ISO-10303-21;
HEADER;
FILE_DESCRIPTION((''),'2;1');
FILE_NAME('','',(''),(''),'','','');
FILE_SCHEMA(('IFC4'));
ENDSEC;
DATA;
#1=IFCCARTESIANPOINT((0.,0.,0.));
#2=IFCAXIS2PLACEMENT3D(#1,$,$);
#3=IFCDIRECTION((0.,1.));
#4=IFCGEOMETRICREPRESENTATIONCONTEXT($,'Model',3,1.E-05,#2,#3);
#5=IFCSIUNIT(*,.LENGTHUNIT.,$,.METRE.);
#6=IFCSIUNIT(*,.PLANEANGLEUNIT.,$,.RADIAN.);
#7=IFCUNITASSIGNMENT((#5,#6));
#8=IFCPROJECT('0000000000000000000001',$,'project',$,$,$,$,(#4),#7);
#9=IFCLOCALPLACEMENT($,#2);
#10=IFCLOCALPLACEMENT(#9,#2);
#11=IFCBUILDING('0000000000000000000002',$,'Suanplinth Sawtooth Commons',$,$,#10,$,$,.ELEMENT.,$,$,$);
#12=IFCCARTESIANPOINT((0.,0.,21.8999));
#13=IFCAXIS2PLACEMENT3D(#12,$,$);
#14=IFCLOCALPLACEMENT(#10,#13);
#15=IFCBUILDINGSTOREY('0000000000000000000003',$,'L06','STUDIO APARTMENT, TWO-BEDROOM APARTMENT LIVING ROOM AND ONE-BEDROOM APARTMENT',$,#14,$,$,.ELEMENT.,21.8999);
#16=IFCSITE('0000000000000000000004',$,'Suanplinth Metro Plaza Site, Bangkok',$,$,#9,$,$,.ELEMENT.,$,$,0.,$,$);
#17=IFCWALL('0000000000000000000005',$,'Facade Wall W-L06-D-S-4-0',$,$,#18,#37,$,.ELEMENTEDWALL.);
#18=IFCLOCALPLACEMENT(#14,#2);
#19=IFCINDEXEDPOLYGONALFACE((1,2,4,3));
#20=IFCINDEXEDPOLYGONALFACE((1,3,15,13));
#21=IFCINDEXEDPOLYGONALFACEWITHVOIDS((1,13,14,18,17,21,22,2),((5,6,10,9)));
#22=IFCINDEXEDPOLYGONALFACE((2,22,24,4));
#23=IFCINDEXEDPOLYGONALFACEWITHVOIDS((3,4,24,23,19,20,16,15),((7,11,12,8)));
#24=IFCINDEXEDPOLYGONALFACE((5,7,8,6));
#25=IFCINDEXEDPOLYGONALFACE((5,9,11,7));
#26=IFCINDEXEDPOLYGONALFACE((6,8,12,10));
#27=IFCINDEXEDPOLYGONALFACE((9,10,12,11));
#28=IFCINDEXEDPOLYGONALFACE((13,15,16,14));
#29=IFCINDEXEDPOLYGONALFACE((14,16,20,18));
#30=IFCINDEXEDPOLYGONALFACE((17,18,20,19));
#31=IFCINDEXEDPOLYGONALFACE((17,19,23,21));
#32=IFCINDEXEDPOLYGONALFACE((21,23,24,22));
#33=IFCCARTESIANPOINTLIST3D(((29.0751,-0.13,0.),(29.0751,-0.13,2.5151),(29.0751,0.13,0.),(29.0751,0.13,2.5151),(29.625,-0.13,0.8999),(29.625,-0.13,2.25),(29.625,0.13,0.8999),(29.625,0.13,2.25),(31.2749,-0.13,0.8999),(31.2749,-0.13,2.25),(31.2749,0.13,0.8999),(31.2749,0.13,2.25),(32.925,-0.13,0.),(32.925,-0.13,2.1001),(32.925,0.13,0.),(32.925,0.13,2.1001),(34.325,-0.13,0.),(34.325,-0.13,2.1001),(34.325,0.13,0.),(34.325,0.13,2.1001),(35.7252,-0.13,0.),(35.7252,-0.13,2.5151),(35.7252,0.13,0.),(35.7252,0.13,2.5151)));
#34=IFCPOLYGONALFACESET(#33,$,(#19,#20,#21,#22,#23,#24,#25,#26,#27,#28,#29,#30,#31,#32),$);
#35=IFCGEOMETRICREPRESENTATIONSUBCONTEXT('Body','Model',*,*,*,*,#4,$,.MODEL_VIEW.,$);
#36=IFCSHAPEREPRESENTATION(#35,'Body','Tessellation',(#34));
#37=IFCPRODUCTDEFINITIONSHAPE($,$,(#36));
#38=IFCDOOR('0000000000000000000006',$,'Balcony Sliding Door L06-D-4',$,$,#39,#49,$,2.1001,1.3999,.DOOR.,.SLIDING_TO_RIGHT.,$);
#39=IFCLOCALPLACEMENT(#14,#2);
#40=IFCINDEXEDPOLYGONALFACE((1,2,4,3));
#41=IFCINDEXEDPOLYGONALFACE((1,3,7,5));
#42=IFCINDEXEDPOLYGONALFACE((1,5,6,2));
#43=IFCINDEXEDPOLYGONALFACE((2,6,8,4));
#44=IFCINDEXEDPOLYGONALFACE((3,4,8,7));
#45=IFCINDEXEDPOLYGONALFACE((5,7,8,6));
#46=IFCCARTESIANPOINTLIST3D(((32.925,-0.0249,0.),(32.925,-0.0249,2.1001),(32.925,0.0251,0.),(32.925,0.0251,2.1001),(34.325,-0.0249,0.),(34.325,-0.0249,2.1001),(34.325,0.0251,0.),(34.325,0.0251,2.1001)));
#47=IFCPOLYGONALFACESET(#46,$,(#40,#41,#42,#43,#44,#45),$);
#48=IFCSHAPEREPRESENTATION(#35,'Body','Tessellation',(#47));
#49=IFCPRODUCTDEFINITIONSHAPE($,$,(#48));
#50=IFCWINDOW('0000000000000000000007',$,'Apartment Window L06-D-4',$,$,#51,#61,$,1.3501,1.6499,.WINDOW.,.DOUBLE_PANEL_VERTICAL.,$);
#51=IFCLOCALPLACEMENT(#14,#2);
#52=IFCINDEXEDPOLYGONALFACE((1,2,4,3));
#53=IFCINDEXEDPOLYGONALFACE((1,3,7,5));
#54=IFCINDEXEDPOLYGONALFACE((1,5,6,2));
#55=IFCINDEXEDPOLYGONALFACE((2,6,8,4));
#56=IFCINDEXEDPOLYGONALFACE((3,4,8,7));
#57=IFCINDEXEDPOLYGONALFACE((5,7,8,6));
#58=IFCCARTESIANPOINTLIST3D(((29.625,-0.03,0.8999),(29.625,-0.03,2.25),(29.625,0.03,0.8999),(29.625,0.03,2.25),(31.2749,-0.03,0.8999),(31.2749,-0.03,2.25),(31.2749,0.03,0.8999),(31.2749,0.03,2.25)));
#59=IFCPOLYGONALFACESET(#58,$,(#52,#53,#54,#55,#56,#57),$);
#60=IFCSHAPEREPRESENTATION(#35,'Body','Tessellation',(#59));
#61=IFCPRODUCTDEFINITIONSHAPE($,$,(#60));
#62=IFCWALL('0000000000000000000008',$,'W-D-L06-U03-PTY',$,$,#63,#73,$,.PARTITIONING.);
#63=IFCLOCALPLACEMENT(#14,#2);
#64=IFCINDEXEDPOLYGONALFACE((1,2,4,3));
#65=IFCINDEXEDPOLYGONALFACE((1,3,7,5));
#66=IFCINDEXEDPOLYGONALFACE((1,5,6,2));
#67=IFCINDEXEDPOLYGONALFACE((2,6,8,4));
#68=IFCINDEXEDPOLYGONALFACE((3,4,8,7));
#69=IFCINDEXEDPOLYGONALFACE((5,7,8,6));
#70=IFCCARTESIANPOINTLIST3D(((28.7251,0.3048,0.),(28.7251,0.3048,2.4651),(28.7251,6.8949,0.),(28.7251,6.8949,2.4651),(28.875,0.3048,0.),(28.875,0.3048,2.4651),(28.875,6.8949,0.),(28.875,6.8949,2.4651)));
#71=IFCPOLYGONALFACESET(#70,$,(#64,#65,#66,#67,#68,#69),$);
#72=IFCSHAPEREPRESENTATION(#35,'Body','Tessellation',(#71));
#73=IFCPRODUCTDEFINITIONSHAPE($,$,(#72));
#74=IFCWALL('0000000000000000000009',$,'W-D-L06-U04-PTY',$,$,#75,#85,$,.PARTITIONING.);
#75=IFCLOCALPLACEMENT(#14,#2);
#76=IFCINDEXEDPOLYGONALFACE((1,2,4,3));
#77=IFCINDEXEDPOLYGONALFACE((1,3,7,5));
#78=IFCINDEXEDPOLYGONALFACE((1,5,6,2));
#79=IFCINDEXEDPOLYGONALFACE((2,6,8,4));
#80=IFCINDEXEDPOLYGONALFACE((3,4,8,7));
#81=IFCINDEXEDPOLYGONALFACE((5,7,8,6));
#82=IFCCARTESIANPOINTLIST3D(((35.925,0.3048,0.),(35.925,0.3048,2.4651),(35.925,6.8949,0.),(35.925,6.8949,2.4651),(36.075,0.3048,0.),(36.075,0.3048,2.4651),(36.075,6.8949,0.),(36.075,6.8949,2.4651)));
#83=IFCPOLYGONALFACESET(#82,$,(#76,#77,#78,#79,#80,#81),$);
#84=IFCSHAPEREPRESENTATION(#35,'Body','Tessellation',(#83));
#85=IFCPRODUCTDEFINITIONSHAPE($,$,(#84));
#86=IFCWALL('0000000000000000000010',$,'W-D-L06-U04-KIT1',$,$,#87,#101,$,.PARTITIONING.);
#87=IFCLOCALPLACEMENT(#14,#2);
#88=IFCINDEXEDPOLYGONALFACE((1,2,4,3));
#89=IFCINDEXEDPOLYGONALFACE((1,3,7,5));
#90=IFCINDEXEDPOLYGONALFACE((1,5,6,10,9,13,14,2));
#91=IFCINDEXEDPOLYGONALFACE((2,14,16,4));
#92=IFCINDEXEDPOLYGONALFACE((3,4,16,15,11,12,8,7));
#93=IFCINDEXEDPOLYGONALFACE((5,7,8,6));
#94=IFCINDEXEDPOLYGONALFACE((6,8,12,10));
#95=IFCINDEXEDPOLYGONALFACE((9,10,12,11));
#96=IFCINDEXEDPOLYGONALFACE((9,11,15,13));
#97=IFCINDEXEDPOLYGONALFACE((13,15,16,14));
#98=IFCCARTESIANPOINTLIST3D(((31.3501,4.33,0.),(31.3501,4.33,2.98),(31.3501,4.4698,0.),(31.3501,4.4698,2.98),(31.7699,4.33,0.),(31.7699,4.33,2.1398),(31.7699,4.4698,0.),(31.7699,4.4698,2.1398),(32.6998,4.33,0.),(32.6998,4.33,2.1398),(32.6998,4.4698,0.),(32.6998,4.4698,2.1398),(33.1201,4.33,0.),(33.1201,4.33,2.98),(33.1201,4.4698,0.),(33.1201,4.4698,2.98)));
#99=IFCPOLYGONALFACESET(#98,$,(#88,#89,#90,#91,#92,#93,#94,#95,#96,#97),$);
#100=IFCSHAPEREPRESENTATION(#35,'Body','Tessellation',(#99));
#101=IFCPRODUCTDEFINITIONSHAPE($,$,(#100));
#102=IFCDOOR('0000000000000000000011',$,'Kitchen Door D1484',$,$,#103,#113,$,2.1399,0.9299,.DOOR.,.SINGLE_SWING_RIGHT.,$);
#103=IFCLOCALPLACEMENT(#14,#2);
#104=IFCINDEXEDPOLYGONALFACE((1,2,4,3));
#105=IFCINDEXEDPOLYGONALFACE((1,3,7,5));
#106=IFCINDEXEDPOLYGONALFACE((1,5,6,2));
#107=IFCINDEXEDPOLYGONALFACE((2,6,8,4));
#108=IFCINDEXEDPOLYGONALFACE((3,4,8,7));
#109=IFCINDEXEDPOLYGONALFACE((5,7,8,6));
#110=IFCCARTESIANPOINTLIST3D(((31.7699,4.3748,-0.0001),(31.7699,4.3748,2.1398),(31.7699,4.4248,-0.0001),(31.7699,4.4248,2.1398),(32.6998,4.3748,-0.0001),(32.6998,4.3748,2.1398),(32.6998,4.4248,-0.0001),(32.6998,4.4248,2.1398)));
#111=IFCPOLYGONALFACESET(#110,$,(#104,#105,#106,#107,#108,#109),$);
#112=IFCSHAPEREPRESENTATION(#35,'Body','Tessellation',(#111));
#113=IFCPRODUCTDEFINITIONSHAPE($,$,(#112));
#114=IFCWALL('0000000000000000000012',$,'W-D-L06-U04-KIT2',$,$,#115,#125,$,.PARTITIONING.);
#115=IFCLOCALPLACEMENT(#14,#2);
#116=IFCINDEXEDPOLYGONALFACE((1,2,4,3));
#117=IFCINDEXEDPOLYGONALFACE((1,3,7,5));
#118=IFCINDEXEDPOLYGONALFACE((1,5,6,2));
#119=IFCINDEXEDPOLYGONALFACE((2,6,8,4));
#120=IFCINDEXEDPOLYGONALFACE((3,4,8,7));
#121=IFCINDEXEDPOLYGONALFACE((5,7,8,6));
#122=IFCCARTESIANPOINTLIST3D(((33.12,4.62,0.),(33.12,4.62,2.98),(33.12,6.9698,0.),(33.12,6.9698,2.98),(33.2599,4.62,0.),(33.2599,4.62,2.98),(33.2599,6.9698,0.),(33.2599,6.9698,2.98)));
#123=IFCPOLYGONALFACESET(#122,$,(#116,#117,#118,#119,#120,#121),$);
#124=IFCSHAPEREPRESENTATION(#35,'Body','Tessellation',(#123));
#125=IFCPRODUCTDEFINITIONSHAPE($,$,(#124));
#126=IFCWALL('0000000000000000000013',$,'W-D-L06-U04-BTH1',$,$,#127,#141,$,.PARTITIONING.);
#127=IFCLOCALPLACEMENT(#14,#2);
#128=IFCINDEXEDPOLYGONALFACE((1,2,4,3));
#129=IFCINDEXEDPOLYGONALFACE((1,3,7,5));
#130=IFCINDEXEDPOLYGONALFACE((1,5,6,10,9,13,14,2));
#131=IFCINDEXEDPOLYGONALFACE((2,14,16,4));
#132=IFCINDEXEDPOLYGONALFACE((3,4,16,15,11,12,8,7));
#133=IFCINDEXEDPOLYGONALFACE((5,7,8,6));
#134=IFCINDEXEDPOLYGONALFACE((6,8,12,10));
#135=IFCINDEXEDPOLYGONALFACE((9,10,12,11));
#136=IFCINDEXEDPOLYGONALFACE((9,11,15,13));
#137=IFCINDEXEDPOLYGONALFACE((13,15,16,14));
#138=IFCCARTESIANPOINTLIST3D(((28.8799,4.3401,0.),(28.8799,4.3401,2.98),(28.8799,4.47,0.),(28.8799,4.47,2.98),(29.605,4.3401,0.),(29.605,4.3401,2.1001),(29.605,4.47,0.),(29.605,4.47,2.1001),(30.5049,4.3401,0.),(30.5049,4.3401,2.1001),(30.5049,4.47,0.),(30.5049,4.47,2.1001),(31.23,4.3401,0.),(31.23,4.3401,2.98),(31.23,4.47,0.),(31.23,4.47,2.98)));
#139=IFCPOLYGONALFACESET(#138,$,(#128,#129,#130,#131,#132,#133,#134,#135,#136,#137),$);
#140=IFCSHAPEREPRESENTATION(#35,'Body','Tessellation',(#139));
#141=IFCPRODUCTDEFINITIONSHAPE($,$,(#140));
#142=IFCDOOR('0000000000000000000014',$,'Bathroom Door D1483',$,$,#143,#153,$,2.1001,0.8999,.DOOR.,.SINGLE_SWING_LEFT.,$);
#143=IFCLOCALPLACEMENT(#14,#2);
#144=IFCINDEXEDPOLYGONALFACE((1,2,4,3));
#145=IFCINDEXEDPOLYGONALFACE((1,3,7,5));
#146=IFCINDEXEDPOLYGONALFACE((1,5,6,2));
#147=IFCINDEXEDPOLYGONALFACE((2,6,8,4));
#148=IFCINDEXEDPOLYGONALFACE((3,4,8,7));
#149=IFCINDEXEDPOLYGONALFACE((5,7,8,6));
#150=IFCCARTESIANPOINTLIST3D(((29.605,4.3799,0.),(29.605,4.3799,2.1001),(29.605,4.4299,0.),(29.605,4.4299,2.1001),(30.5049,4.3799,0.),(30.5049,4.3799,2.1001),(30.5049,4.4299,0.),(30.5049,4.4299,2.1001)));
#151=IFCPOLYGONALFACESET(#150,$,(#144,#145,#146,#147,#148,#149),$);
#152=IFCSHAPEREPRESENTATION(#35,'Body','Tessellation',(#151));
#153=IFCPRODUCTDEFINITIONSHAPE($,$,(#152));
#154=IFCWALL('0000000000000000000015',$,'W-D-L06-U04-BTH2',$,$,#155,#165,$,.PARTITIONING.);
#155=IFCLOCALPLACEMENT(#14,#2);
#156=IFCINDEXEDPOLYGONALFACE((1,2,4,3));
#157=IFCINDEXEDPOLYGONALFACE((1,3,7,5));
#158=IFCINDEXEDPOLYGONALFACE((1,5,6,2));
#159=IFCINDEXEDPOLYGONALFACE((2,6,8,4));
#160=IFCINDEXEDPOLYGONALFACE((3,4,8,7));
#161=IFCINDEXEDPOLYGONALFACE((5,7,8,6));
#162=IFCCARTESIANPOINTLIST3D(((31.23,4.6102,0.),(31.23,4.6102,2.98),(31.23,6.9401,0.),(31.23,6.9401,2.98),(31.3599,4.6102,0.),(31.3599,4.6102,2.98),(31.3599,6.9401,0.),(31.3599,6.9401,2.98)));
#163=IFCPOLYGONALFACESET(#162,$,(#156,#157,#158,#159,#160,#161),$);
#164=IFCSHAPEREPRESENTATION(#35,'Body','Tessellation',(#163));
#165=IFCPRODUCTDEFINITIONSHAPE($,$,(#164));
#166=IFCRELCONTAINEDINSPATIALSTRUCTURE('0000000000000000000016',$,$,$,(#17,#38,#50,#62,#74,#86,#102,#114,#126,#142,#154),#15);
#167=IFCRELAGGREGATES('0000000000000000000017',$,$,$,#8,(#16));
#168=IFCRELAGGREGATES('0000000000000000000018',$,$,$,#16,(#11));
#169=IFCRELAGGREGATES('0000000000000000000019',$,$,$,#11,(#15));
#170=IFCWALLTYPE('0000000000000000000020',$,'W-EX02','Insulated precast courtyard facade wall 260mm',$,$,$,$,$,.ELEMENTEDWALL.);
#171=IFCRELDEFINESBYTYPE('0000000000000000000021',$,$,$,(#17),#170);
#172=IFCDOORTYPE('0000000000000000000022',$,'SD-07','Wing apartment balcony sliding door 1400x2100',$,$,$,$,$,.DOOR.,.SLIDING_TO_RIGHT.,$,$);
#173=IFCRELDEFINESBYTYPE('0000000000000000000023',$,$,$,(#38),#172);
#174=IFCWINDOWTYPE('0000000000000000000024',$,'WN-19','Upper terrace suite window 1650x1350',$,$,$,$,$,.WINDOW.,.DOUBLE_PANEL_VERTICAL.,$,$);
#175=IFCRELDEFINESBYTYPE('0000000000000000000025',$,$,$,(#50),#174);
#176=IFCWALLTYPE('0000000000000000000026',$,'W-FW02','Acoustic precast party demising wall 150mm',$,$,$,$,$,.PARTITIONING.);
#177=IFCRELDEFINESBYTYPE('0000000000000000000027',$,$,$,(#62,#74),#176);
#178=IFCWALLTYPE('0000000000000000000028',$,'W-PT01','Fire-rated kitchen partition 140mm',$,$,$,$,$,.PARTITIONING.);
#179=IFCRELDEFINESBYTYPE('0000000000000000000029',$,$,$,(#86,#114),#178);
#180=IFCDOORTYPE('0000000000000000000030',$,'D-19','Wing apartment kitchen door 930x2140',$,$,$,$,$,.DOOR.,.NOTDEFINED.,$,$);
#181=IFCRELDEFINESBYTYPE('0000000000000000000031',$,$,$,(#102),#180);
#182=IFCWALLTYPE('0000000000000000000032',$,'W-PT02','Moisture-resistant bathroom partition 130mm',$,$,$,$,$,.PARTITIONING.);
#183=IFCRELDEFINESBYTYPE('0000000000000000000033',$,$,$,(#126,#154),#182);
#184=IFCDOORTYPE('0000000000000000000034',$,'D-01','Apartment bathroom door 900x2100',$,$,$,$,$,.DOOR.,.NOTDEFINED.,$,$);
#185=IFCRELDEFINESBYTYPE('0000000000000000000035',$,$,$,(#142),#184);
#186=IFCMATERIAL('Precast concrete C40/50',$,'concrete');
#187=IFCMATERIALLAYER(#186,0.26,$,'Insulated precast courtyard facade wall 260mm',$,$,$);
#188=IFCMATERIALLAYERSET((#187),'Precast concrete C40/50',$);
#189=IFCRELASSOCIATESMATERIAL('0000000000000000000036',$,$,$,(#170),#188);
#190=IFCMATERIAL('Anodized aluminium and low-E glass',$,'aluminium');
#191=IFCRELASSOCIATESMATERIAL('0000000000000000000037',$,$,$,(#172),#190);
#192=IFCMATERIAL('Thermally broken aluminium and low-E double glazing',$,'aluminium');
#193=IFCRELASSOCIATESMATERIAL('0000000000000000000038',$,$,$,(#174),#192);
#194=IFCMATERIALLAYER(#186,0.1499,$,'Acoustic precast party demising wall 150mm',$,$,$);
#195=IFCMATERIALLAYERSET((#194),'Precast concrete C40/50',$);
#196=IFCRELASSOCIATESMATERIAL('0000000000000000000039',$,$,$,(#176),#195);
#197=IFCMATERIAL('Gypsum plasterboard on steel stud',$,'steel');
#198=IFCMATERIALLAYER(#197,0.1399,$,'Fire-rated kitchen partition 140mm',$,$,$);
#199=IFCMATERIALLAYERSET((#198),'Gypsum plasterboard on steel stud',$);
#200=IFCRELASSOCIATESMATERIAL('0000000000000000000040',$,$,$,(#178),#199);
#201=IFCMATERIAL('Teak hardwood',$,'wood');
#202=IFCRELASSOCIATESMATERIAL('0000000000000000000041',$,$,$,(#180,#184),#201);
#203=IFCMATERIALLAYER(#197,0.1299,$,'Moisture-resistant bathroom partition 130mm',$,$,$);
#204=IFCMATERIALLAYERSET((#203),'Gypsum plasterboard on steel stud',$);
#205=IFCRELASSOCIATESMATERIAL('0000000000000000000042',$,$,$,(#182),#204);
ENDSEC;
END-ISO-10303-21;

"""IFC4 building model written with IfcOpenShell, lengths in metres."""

from ifc_helpers import new_model, si_unit, direction, frame, frame_2d, origin, place, context, subcontext, project, spatial, rectangle, extrude, material, layer, layer_set, type_object, element, fill, save


model = new_model("IFC4")

# Units and contexts
model_context = context("Model", 3, precision=1e-05, world=origin(), true_north=direction((0.0, 1.0)))
body_context = subcontext(model_context, "Body", "Model", "MODEL_VIEW")
ifc_project = project(units=[si_unit("LENGTHUNIT", "METRE"), si_unit("PLANEANGLEUNIT", "RADIAN")], contexts=[model_context])

# Site, building, storey
site_placement = place(None, origin())
site = spatial("IfcSite", under=ifc_project, at=site_placement, Name="Suanplinth Metro Plaza Site, Bangkok", CompositionType="ELEMENT", RefElevation=0.0)
building_placement = place(site_placement, origin())
building = spatial("IfcBuilding", under=site, at=building_placement, Name="Suanplinth Sawtooth Commons", CompositionType="ELEMENT")
storey_placement = place(building_placement, frame((0.0, 0.0, 21.8999)))
storey = spatial("IfcBuildingStorey", under=building, at=storey_placement, Name="L06", Description="STUDIO APARTMENT, TWO-BEDROOM APARTMENT LIVING ROOM AND ONE-BEDROOM APARTMENT", CompositionType="ELEMENT", Elevation=21.8999)

# Shared definitions
ifc_material_1 = material(Name="Precast concrete C40/50", Category="concrete")

# Wall, openings, door, window
ifc_layer_1 = layer(ifc_material_1, 0.26, Name="Insulated precast courtyard facade wall 260mm")
ifc_layer_set_1 = layer_set([ifc_layer_1], Name="Precast concrete C40/50")
wall_type_1 = type_object("IfcWallType", Name="W-EX02", Description="Insulated precast courtyard facade wall 260mm", PredefinedType="ELEMENTEDWALL", material=ifc_layer_set_1)
wall_1_placement = place(storey_placement, frame((29.075, 0.0, 0.0), z_axis=(0.0, 0.0, 1.0), x_axis=(1.0, 0.0, 0.0)))
wall_1 = element("IfcWall", 1, at=wall_1_placement, inside=storey, type_object=wall_type_1, Name="Facade Wall W-L06-D-S-4-0", PredefinedType="ELEMENTEDWALL", context=body_context, shape_type="SweptSolid", body=[
    extrude(rectangle(XDim=6.6501, YDim=0.26, at=frame_2d((3.3252, 0.0))), origin(), (0.0, 0.0, 1.0), 2.5151),
])
opening_1_placement = place(wall_1_placement, frame((3.8501, 0.0, 0.0)))
opening_1 = element("IfcOpeningElement", 2, at=opening_1_placement, cuts=wall_1, PredefinedType="OPENING", context=body_context, shape_type="SweptSolid", body=[
    extrude(rectangle(XDim=1.3999, YDim=2.1001, at=frame_2d((0.7, 1.05))), frame((0.0, 0.145, 0.0), z_axis=(0.0, -1.0, 0.0), x_axis=(1.0, 0.0, 0.0)), (0.0, 0.0, 1.0), 0.2898),
])
opening_2_placement = place(wall_1_placement, frame((0.55, 0.0, 0.8999)))
opening_2 = element("IfcOpeningElement", 3, at=opening_2_placement, cuts=wall_1, PredefinedType="OPENING", context=body_context, shape_type="SweptSolid", body=[
    extrude(rectangle(XDim=1.6499, YDim=1.3501, at=frame_2d((0.825, 0.675))), frame((0.0, 0.145, 0.0), z_axis=(0.0, -1.0, 0.0), x_axis=(1.0, 0.0, 0.0)), (0.0, 0.0, 1.0), 0.2898),
])
ifc_material_2 = material(Name="Anodized aluminium and low-E glass", Category="aluminium")
door_type_1 = type_object("IfcDoorType", Name="SD-07", Description="Wing apartment balcony sliding door 1400x2100", OperationType="SLIDING_TO_RIGHT", PredefinedType="DOOR", material=ifc_material_2)
door_1_placement = place(opening_1_placement, frame((1.3999, 0.0, 0.0), z_axis=(0.0, 0.0, 1.0), x_axis=(-1.0, 0.0, 0.0)))
door_1 = element("IfcDoor", 4, at=door_1_placement, inside=storey, type_object=door_type_1, Name="Balcony Sliding Door L06-D-4", OperationType="SLIDING_TO_RIGHT", OverallHeight=2.1001, OverallWidth=1.3999, PredefinedType="DOOR", context=body_context, shape_type="SweptSolid", body=[
    extrude(rectangle(XDim=1.3999, YDim=2.1001, at=frame_2d((0.7, 1.05))), frame((0.0, 0.0249, 0.0), z_axis=(0.0, -1.0, 0.0), x_axis=(1.0, 0.0, 0.0)), (0.0, 0.0, 1.0), 0.05),
])
fill(opening_1, door_1)
ifc_material_3 = material(Name="Thermally broken aluminium and low-E double glazing", Category="aluminium")
window_type = type_object("IfcWindowType", Name="WN-19", Description="Upper terrace suite window 1650x1350", PartitioningType="DOUBLE_PANEL_VERTICAL", PredefinedType="WINDOW", material=ifc_material_3)
window_placement = place(opening_2_placement, origin())
window = element("IfcWindow", 5, at=window_placement, inside=storey, type_object=window_type, Name="Apartment Window L06-D-4", OverallHeight=1.3501, OverallWidth=1.6499, PartitioningType="DOUBLE_PANEL_VERTICAL", PredefinedType="WINDOW", context=body_context, shape_type="SweptSolid", body=[
    extrude(rectangle(XDim=1.6499, YDim=1.3501, at=frame_2d((0.825, 0.675))), frame((0.0, 0.03, 0.0), z_axis=(0.0, -1.0, 0.0), x_axis=(1.0, 0.0, 0.0)), (0.0, 0.0, 1.0), 0.0601),
])
fill(opening_2, window)

# Walls
ifc_layer_2 = layer(ifc_material_1, 0.1499, Name="Acoustic precast party demising wall 150mm")
ifc_layer_set_2 = layer_set([ifc_layer_2], Name="Precast concrete C40/50")
wall_type_2 = type_object("IfcWallType", Name="W-FW02", Description="Acoustic precast party demising wall 150mm", PredefinedType="PARTITIONING", material=ifc_layer_set_2)
for number, where, z_axis, x_axis, name in (
    (6, (28.8, 0.3049, 0.0), (0.0, 0.0, 1.0), (0.0, 1.0, 0.0), "W-D-L06-U03-PTY"),
    (7, (36.0, 0.3049, 0.0), (0.0, 0.0, 1.0), (0.0, 1.0, 0.0), "W-D-L06-U04-PTY"),
):
    element("IfcWall", number, at=place(storey_placement, frame(where, z_axis=z_axis, x_axis=x_axis)), inside=storey, type_object=wall_type_2, Name=name, PredefinedType="PARTITIONING", context=body_context, shape_type="SweptSolid", body=[
        extrude(rectangle(XDim=6.5901, YDim=0.1499, at=frame_2d((3.2949, 0.0))), origin(), (0.0, 0.0, 1.0), 2.4651),
    ])

# Wall, opening, door
ifc_material_4 = material(Name="Gypsum plasterboard on steel stud", Category="steel")
ifc_layer_3 = layer(ifc_material_4, 0.1399, Name="Fire-rated kitchen partition 140mm")
ifc_layer_set_3 = layer_set([ifc_layer_3], Name="Gypsum plasterboard on steel stud")
wall_type_3 = type_object("IfcWallType", Name="W-PT01", Description="Fire-rated kitchen partition 140mm", PredefinedType="PARTITIONING", material=ifc_layer_set_3)
wall_2_placement = place(storey_placement, frame((31.3501, 4.3999, 0.0), z_axis=(0.0, 0.0, 1.0), x_axis=(1.0, 0.0, 0.0)))
wall_2 = element("IfcWall", 8, at=wall_2_placement, inside=storey, type_object=wall_type_3, Name="W-D-L06-U04-KIT1", PredefinedType="PARTITIONING", context=body_context, shape_type="SweptSolid", body=[
    extrude(rectangle(XDim=1.77, YDim=0.1399, at=frame_2d((0.885, 0.0))), origin(), (0.0, 0.0, 1.0), 2.98),
])
opening_3_placement = place(wall_2_placement, frame((0.4199, 0.0, 0.0)))
opening_3 = element("IfcOpeningElement", 9, at=opening_3_placement, cuts=wall_2, PredefinedType="OPENING", context=body_context, shape_type="SweptSolid", body=[
    extrude(rectangle(XDim=0.9299, YDim=2.1399, at=frame_2d((0.4648, 1.0698))), frame((0.0, 0.085, 0.0), z_axis=(0.0, -1.0, 0.0), x_axis=(1.0, 0.0, 0.0)), (0.0, 0.0, 1.0), 0.1697),
])
ifc_material_5 = material(Name="Teak hardwood", Category="wood")
door_type_2 = type_object("IfcDoorType", Name="D-19", Description="Wing apartment kitchen door 930x2140", OperationType="NOTDEFINED", PredefinedType="DOOR", material=ifc_material_5)
door_2_placement = place(opening_3_placement, origin())
door_2 = element("IfcDoor", 10, at=door_2_placement, inside=storey, type_object=door_type_2, Name="Kitchen Door D1484", OperationType="SINGLE_SWING_RIGHT", OverallHeight=2.1399, OverallWidth=0.9299, PredefinedType="DOOR", context=body_context, shape_type="SweptSolid", body=[
    extrude(rectangle(XDim=0.9299, YDim=2.1399, at=frame_2d((0.4648, 1.0698))), frame((0.0, 0.0249, 0.0), z_axis=(0.0, -1.0, 0.0), x_axis=(1.0, 0.0, 0.0)), (0.0, 0.0, 1.0), 0.05),
])
fill(opening_3, door_2)

# Wall
wall_3_placement = place(storey_placement, frame((33.1899, 4.6201, 0.0), z_axis=(0.0, 0.0, 1.0), x_axis=(0.0, 1.0, 0.0)))
element("IfcWall", 11, at=wall_3_placement, inside=storey, type_object=wall_type_3, Name="W-D-L06-U04-KIT2", PredefinedType="PARTITIONING", context=body_context, shape_type="SweptSolid", body=[
    extrude(rectangle(XDim=2.3499, YDim=0.1399, at=frame_2d((1.1748, 0.0))), origin(), (0.0, 0.0, 1.0), 2.98),
])

# Wall, opening, door
ifc_layer_4 = layer(ifc_material_4, 0.1299, Name="Moisture-resistant bathroom partition 130mm")
ifc_layer_set_4 = layer_set([ifc_layer_4], Name="Gypsum plasterboard on steel stud")
wall_type_4 = type_object("IfcWallType", Name="W-PT02", Description="Moisture-resistant bathroom partition 130mm", PredefinedType="PARTITIONING", material=ifc_layer_set_4)
wall_4_placement = place(storey_placement, frame((28.8799, 4.405, 0.0), z_axis=(0.0, 0.0, 1.0), x_axis=(1.0, 0.0, 0.0)))
wall_4 = element("IfcWall", 12, at=wall_4_placement, inside=storey, type_object=wall_type_4, Name="W-D-L06-U04-BTH1", PredefinedType="PARTITIONING", context=body_context, shape_type="SweptSolid", body=[
    extrude(rectangle(XDim=2.3501, YDim=0.1299, at=frame_2d((1.175, 0.0))), origin(), (0.0, 0.0, 1.0), 2.98),
])
opening_4_placement = place(wall_4_placement, frame((0.7251, 0.0, 0.0)))
opening_4 = element("IfcOpeningElement", 13, at=opening_4_placement, cuts=wall_4, PredefinedType="OPENING", context=body_context, shape_type="SweptSolid", body=[
    extrude(rectangle(XDim=0.8999, YDim=2.1001, at=frame_2d((0.45, 1.05))), frame((0.0, 0.0798, 0.0), z_axis=(0.0, -1.0, 0.0), x_axis=(1.0, 0.0, 0.0)), (0.0, 0.0, 1.0), 0.1597),
])
door_type_3 = type_object("IfcDoorType", Name="D-01", Description="Apartment bathroom door 900x2100", OperationType="NOTDEFINED", PredefinedType="DOOR", material=ifc_material_5)
door_3_placement = place(opening_4_placement, origin())
door_3 = element("IfcDoor", 14, at=door_3_placement, inside=storey, type_object=door_type_3, Name="Bathroom Door D1483", OperationType="SINGLE_SWING_LEFT", OverallHeight=2.1001, OverallWidth=0.8999, PredefinedType="DOOR", context=body_context, shape_type="SweptSolid", body=[
    extrude(rectangle(XDim=0.8999, YDim=2.1001, at=frame_2d((0.45, 1.05))), frame((0.0, 0.0249, 0.0), z_axis=(0.0, -1.0, 0.0), x_axis=(1.0, 0.0, 0.0)), (0.0, 0.0, 1.0), 0.05),
])
fill(opening_4, door_3)

# Wall
wall_5_placement = place(storey_placement, frame((31.2949, 4.6101, 0.0), z_axis=(0.0, 0.0, 1.0), x_axis=(0.0, 1.0, 0.0)))
element("IfcWall", 15, at=wall_5_placement, inside=storey, type_object=wall_type_4, Name="W-D-L06-U04-BTH2", PredefinedType="PARTITIONING", context=body_context, shape_type="SweptSolid", body=[
    extrude(rectangle(XDim=2.3298, YDim=0.1299, at=frame_2d((1.165, 0.0))), origin(), (0.0, 0.0, 1.0), 2.98),
])

save(model, "model.ifc")
